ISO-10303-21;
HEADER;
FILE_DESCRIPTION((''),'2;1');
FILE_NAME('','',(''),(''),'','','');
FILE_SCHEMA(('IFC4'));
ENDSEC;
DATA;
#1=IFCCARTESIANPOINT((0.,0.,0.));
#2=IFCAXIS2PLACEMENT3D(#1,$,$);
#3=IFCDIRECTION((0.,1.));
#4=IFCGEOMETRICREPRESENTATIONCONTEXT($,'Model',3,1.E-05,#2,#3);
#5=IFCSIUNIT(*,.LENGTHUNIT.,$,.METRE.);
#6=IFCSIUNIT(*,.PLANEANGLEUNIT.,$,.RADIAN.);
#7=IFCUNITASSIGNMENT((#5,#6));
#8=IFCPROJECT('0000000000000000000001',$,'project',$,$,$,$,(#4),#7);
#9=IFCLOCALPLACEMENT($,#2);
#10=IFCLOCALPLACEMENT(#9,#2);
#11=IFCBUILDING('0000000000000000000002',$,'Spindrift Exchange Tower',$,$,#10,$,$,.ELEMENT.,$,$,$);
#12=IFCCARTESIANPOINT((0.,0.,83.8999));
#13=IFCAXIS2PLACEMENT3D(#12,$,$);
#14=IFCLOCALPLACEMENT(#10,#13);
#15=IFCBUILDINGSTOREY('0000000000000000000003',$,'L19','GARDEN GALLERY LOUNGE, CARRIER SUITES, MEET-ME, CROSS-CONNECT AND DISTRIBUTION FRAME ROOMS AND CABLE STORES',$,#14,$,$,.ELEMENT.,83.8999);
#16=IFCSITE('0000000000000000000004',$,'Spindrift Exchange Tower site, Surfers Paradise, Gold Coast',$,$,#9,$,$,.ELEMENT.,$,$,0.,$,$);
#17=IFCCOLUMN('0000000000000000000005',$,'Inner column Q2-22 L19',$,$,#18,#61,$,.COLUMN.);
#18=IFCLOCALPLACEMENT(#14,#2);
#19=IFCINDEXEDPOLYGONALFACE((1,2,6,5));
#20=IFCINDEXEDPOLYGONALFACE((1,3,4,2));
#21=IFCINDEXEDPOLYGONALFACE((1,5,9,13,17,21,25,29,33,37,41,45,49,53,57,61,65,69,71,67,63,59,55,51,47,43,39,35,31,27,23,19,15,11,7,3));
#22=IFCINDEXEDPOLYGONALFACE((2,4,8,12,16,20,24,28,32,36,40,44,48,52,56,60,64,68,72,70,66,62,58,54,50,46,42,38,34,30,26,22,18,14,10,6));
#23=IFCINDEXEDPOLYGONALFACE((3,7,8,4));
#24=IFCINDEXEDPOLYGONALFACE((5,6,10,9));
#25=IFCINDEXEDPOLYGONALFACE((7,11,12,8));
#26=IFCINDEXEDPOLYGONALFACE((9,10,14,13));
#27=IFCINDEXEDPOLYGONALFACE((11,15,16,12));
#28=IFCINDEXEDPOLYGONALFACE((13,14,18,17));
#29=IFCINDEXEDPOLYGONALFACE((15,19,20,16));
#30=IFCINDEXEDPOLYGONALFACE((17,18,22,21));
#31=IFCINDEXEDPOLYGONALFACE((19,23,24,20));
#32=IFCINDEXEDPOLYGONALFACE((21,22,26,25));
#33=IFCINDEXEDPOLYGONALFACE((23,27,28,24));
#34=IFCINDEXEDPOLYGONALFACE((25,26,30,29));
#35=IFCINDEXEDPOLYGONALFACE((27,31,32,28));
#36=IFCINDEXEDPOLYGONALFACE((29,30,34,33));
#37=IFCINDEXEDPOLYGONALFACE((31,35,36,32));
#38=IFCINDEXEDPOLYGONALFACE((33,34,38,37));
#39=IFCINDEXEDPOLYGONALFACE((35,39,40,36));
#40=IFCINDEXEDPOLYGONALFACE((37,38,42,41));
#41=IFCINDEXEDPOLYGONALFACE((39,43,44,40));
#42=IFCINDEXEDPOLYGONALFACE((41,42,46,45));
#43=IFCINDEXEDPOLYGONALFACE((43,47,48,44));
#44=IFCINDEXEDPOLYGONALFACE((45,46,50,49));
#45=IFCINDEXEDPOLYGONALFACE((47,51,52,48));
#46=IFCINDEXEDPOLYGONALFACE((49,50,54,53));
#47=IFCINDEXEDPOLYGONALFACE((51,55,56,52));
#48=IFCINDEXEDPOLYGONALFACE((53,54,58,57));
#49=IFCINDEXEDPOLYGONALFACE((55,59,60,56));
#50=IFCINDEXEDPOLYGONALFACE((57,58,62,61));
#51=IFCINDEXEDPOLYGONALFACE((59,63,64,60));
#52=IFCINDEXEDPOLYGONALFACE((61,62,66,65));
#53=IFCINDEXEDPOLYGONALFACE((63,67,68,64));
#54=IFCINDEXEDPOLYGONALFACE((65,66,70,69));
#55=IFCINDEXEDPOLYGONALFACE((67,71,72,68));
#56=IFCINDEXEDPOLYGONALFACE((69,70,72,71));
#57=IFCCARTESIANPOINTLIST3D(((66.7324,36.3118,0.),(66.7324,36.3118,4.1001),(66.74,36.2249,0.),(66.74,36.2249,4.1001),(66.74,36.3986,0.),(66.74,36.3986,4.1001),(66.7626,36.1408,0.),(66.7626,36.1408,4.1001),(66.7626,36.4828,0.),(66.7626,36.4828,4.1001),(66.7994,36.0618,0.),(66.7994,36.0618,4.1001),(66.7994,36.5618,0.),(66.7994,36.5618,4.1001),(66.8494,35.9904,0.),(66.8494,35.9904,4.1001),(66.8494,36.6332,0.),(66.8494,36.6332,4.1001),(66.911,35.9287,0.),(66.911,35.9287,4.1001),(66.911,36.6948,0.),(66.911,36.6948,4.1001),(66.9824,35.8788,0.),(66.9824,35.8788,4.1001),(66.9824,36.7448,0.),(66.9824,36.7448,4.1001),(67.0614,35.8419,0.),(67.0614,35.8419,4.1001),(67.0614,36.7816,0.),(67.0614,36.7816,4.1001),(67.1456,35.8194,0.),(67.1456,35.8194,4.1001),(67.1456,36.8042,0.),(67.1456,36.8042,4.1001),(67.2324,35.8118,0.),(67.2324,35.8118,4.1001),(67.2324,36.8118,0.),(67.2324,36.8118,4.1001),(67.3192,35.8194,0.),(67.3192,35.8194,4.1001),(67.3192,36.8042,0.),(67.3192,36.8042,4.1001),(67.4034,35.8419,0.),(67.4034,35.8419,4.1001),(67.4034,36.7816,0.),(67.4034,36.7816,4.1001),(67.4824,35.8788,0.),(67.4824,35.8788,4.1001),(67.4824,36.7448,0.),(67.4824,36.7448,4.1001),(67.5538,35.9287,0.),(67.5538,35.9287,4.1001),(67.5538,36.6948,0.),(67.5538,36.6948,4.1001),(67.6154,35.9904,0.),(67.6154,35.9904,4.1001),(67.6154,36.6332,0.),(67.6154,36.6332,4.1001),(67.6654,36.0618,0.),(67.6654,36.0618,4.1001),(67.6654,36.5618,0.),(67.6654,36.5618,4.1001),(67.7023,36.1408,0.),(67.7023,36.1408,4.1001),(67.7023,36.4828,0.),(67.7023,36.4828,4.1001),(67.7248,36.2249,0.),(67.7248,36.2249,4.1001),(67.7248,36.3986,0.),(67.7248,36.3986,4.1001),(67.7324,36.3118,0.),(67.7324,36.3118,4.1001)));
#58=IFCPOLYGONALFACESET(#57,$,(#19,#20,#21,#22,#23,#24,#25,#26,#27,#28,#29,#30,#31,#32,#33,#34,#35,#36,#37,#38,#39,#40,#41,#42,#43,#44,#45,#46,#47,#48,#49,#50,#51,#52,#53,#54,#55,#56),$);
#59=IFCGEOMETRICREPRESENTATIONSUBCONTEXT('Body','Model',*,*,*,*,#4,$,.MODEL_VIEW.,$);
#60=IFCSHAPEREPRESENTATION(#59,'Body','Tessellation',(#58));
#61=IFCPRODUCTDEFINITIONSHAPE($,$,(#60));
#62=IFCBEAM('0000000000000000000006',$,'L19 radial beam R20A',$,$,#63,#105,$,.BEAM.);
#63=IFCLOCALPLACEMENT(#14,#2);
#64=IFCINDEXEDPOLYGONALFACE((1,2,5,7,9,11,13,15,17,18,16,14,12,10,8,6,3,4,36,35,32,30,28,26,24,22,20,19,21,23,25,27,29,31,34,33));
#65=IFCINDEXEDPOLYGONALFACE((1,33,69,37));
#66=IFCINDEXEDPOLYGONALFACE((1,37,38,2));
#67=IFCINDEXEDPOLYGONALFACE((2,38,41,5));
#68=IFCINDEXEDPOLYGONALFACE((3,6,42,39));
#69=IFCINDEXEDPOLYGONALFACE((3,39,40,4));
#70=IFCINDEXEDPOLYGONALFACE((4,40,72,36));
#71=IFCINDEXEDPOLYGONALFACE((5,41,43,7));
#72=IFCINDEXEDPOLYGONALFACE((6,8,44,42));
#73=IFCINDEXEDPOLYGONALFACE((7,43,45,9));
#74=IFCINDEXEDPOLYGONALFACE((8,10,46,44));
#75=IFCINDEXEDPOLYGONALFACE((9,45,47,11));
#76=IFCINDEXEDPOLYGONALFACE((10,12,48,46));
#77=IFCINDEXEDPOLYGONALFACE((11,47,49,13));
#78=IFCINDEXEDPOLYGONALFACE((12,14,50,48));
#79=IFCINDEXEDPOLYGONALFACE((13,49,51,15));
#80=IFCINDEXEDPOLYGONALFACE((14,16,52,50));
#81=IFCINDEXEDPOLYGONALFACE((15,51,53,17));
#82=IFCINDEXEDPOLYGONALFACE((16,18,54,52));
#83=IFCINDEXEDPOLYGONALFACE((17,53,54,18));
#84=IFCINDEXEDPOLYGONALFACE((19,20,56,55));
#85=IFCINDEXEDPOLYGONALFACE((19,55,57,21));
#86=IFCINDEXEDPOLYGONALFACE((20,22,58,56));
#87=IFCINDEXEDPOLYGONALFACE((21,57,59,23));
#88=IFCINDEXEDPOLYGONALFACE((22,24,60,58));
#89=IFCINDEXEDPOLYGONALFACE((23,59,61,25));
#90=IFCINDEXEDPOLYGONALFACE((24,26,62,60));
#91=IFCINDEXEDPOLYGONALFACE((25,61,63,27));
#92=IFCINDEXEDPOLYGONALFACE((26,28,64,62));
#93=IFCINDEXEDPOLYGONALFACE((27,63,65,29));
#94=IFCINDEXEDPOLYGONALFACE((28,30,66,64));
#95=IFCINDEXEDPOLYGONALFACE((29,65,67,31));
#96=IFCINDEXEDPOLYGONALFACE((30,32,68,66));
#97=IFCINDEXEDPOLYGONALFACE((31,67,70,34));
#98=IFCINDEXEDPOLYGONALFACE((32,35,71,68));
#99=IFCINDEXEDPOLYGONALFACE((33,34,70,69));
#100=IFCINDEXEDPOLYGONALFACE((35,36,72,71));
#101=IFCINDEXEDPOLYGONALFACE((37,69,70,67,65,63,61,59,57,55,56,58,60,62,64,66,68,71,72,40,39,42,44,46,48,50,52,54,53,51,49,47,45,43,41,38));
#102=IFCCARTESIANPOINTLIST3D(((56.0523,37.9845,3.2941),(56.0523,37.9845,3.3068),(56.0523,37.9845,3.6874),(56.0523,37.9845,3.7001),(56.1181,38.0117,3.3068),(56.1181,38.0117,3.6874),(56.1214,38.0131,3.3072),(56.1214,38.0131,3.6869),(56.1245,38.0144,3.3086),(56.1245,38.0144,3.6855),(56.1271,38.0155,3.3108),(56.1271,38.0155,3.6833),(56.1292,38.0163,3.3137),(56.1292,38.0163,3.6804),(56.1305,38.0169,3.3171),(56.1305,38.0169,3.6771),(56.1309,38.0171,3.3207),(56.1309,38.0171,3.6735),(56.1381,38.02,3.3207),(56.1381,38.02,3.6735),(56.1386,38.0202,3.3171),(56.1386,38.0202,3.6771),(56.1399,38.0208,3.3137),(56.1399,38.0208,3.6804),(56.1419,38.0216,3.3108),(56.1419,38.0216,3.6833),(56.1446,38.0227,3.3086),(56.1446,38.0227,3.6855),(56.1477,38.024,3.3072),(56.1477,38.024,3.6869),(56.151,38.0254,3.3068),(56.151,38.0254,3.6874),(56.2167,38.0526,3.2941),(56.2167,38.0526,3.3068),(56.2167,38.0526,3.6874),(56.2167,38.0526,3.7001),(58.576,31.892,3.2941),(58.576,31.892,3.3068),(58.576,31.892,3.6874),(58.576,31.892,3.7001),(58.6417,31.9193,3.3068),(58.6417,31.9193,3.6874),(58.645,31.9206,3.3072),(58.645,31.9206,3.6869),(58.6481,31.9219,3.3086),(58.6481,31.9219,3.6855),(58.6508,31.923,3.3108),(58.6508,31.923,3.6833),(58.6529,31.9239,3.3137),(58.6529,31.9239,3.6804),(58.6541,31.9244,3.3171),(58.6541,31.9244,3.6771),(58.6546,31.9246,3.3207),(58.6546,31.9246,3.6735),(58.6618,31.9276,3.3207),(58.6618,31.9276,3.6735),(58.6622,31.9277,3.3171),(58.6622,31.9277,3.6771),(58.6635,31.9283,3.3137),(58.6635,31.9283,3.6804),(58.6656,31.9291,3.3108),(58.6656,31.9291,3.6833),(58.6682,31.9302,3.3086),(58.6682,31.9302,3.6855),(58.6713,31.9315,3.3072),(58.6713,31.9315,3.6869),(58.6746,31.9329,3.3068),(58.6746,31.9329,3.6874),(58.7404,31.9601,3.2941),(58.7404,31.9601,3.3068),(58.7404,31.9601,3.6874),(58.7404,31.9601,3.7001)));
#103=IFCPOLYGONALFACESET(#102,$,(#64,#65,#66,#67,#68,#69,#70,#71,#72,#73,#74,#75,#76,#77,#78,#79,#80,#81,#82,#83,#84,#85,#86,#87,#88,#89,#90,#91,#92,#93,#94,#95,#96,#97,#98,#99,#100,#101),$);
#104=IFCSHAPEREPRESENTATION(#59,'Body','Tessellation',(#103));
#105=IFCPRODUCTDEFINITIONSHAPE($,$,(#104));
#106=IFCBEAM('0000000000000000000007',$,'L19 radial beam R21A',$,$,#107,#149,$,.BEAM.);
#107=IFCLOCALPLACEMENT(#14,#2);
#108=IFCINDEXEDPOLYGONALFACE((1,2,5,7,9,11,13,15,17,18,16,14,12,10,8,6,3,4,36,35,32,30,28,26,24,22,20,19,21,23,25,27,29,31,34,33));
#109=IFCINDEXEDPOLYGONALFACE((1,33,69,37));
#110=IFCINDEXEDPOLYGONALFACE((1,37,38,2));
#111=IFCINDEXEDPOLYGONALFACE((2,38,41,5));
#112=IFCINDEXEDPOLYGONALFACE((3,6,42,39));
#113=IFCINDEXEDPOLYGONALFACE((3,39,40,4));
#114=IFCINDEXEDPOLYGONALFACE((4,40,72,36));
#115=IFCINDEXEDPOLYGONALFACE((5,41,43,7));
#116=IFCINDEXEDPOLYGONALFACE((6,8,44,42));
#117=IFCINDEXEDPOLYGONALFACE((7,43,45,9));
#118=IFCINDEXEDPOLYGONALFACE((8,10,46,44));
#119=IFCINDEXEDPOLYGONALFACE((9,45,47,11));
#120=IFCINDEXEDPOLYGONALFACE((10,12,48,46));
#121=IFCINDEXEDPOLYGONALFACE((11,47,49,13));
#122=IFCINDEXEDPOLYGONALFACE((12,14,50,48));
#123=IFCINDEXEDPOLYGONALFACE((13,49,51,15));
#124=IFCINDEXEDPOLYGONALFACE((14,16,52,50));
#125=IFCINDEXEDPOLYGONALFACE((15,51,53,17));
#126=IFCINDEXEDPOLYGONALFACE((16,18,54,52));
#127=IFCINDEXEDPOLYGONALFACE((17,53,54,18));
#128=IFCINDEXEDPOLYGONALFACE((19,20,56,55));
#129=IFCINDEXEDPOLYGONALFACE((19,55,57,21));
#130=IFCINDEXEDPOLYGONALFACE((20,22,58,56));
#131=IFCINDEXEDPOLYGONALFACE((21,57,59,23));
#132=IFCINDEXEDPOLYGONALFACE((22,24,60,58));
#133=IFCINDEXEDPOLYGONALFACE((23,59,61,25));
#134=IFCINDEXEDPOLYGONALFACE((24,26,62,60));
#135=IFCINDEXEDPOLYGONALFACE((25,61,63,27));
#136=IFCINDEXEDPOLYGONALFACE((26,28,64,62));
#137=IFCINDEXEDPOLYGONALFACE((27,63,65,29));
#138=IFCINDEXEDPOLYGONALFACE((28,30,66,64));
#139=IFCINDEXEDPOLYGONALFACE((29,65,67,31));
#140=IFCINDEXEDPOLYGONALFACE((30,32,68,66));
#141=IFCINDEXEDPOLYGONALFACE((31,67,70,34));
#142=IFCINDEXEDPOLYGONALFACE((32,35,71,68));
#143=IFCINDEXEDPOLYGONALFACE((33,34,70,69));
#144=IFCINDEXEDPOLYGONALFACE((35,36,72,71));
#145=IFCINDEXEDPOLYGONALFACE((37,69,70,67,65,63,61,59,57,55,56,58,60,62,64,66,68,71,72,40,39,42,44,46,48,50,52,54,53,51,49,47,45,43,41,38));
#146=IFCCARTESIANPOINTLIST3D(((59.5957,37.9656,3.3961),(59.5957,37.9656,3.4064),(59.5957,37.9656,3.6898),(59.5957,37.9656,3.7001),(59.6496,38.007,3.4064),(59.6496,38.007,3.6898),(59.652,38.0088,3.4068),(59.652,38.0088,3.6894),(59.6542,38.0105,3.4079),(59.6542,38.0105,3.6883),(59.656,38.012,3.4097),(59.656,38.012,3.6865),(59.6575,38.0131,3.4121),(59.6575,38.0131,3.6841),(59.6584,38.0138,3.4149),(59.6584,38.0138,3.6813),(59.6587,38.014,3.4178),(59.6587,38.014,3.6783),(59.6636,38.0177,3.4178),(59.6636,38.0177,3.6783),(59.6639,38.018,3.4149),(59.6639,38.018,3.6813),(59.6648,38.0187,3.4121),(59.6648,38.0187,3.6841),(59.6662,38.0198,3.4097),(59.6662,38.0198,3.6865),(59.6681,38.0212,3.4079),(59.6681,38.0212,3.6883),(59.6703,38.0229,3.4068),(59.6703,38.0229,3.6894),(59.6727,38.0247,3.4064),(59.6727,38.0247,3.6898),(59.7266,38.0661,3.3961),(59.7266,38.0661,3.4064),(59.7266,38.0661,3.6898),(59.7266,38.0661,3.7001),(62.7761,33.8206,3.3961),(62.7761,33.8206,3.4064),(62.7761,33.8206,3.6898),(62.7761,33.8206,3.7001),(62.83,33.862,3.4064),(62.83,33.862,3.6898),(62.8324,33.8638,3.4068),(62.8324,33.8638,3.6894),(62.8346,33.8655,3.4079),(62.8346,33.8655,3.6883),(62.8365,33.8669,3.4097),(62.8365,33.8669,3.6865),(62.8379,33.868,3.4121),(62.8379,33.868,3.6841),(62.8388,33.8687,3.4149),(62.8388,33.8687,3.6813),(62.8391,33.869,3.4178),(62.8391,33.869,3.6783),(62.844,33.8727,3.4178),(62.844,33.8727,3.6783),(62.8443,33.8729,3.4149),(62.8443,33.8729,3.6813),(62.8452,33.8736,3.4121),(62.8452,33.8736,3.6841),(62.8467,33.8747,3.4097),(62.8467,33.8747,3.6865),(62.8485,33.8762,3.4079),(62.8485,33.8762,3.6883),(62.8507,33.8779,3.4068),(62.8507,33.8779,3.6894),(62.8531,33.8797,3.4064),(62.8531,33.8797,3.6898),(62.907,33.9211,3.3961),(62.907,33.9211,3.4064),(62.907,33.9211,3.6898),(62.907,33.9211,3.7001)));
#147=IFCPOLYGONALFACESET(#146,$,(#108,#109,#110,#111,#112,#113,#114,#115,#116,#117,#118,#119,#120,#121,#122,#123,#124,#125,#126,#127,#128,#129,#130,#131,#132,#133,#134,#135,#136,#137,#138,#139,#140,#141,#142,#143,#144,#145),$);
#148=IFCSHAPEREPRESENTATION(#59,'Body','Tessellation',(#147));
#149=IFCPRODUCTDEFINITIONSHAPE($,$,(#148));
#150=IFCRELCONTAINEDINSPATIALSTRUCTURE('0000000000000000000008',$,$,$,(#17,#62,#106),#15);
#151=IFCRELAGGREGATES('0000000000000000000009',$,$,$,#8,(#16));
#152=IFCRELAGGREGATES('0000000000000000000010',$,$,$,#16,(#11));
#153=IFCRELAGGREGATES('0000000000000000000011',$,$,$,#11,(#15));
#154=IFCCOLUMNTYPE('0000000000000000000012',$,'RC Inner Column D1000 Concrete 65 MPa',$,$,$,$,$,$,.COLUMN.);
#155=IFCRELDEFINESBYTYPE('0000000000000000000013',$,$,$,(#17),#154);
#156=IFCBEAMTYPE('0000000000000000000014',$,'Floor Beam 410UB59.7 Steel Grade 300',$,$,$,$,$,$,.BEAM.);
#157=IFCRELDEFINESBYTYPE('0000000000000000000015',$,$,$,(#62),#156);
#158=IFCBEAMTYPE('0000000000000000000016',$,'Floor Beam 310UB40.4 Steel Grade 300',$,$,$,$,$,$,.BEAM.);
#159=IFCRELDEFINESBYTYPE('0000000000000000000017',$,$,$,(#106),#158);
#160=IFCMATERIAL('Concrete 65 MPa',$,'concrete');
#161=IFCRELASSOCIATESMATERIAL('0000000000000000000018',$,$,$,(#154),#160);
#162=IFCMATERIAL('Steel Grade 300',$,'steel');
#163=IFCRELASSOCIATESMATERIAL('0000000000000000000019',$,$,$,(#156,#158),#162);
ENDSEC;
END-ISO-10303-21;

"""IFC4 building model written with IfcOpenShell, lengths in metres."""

from ifc_helpers import new_model, si_unit, direction, frame, origin, origin_2d, place, context, subcontext, project, spatial, circle, i_section, extrude, source, transform, mapped, material, material_profile, profile_set, type_object, element, save


model = new_model("IFC4")

# Units and contexts
model_context = context("Model", 3, precision=1e-05, world=origin(), true_north=direction((0.0, 1.0)))
body_context = subcontext(model_context, "Body", "Model", "MODEL_VIEW")
ifc_project = project(units=[si_unit("LENGTHUNIT", "METRE"), si_unit("PLANEANGLEUNIT", "RADIAN")], contexts=[model_context])

# Site, building, storey
site_placement = place(None, origin())
site = spatial("IfcSite", under=ifc_project, at=site_placement, Name="Spindrift Exchange Tower site, Surfers Paradise, Gold Coast", CompositionType="ELEMENT", RefElevation=0.0)
building_placement = place(site_placement, origin())
building = spatial("IfcBuilding", under=site, at=building_placement, Name="Spindrift Exchange Tower", CompositionType="ELEMENT")
storey_placement = place(building_placement, frame((0.0, 0.0, 83.8999)))
storey = spatial("IfcBuildingStorey", under=building, at=storey_placement, Name="L19", Description="GARDEN GALLERY LOUNGE, CARRIER SUITES, MEET-ME, CROSS-CONNECT AND DISTRIBUTION FRAME ROOMS AND CABLE STORES", CompositionType="ELEMENT", Elevation=83.8999)

# Column
ifc_material_1 = material(Name="Concrete 65 MPa", Category="concrete")
ifc_material_profile_1 = material_profile(ifc_material_1, circle(Radius=0.5, at=origin_2d()), Name="RC D1000")
ifc_profile_set_1 = profile_set([ifc_material_profile_1], Name="Concrete 65 MPa")
column_type_1 = type_object("IfcColumnType", Name="RC Inner Column D1000 Concrete 65 MPa", PredefinedType="COLUMN", material=ifc_profile_set_1)
shared_shape_1 = source(origin(), body_context, "Body", "SweptSolid", [
    extrude(circle(Radius=0.5, at=origin_2d()), origin(), (0.0, 0.0, 1.0), 4.1001),
])
for number, where, z_axis, x_axis, name in (
    (1, (67.2324, 36.3118, 0.0), (0.0, 0.0, 1.0), (1.0, 0.0, 0.0), "Inner column Q2-22 L19"),
):
    element("IfcColumn", number, at=place(storey_placement, frame(where, z_axis=z_axis, x_axis=x_axis)), inside=storey, type_object=column_type_1, Name=name, PredefinedType="COLUMN", context=body_context, shape_type="MappedRepresentation", body=[
        mapped(shared_shape_1, transform((0.0, 0.0, 0.0), scale=1.0)),
    ])

# Beams
ifc_material_2 = material(Name="Steel Grade 300", Category="steel")
ifc_material_profile_2 = material_profile(ifc_material_2, i_section(OverallWidth=0.178, OverallDepth=0.406, WebThickness=0.0078, FlangeThickness=0.0127, FilletRadius=0.0139, at=origin_2d()), Name="410UB59.7")
ifc_profile_set_2 = profile_set([ifc_material_profile_2], Name="Steel Grade 300")
beam_type_1 = type_object("IfcBeamType", Name="Floor Beam 410UB59.7 Steel Grade 300", PredefinedType="BEAM", material=ifc_profile_set_2)
shared_shape_2 = source(origin(), body_context, "Body", "SweptSolid", [
    extrude(i_section(OverallWidth=0.178, OverallDepth=0.406, WebThickness=0.0078, FlangeThickness=0.0127, FilletRadius=0.0139, at=origin_2d()), origin(), (0.0, 0.0, 1.0), 6.5945),
])
beam_1_placement = place(storey_placement, frame((56.1345, 38.0186, 3.4971), z_axis=(0.382693, -0.923876, 0.0), x_axis=(0.923876, 0.382693, 0.0)))
element("IfcBeam", 2, at=beam_1_placement, inside=storey, type_object=beam_type_1, Name="L19 radial beam R20A", PredefinedType="BEAM", context=body_context, shape_type="MappedRepresentation", body=[
    mapped(shared_shape_2, transform((0.0, 0.0, 0.0), scale=1.0)),
])
ifc_material_profile_3 = material_profile(ifc_material_2, i_section(OverallWidth=0.165, OverallDepth=0.304, WebThickness=0.0061, FlangeThickness=0.0103, FilletRadius=0.0115, at=origin_2d()), Name="310UB40.4")
ifc_profile_set_3 = profile_set([ifc_material_profile_3], Name="Steel Grade 300")
beam_type_2 = type_object("IfcBeamType", Name="Floor Beam 310UB40.4 Steel Grade 300", PredefinedType="BEAM", material=ifc_profile_set_3)
shared_shape_3 = source(origin(), body_context, "Body", "SweptSolid", [
    extrude(i_section(OverallWidth=0.165, OverallDepth=0.304, WebThickness=0.0061, FlangeThickness=0.0103, FilletRadius=0.0115, at=origin_2d()), origin(), (0.0, 0.0, 1.0), 5.2246),
])
beam_2_placement = place(storey_placement, frame((59.6611, 38.0159, 3.5481), z_axis=(0.608741, -0.793369, 0.0), x_axis=(0.793369, 0.608741, 0.0)))
element("IfcBeam", 3, at=beam_2_placement, inside=storey, type_object=beam_type_2, Name="L19 radial beam R21A", PredefinedType="BEAM", context=body_context, shape_type="MappedRepresentation", body=[
    mapped(shared_shape_3, transform((0.0, 0.0, 0.0), scale=1.0)),
])

save(model, "model.ifc")
